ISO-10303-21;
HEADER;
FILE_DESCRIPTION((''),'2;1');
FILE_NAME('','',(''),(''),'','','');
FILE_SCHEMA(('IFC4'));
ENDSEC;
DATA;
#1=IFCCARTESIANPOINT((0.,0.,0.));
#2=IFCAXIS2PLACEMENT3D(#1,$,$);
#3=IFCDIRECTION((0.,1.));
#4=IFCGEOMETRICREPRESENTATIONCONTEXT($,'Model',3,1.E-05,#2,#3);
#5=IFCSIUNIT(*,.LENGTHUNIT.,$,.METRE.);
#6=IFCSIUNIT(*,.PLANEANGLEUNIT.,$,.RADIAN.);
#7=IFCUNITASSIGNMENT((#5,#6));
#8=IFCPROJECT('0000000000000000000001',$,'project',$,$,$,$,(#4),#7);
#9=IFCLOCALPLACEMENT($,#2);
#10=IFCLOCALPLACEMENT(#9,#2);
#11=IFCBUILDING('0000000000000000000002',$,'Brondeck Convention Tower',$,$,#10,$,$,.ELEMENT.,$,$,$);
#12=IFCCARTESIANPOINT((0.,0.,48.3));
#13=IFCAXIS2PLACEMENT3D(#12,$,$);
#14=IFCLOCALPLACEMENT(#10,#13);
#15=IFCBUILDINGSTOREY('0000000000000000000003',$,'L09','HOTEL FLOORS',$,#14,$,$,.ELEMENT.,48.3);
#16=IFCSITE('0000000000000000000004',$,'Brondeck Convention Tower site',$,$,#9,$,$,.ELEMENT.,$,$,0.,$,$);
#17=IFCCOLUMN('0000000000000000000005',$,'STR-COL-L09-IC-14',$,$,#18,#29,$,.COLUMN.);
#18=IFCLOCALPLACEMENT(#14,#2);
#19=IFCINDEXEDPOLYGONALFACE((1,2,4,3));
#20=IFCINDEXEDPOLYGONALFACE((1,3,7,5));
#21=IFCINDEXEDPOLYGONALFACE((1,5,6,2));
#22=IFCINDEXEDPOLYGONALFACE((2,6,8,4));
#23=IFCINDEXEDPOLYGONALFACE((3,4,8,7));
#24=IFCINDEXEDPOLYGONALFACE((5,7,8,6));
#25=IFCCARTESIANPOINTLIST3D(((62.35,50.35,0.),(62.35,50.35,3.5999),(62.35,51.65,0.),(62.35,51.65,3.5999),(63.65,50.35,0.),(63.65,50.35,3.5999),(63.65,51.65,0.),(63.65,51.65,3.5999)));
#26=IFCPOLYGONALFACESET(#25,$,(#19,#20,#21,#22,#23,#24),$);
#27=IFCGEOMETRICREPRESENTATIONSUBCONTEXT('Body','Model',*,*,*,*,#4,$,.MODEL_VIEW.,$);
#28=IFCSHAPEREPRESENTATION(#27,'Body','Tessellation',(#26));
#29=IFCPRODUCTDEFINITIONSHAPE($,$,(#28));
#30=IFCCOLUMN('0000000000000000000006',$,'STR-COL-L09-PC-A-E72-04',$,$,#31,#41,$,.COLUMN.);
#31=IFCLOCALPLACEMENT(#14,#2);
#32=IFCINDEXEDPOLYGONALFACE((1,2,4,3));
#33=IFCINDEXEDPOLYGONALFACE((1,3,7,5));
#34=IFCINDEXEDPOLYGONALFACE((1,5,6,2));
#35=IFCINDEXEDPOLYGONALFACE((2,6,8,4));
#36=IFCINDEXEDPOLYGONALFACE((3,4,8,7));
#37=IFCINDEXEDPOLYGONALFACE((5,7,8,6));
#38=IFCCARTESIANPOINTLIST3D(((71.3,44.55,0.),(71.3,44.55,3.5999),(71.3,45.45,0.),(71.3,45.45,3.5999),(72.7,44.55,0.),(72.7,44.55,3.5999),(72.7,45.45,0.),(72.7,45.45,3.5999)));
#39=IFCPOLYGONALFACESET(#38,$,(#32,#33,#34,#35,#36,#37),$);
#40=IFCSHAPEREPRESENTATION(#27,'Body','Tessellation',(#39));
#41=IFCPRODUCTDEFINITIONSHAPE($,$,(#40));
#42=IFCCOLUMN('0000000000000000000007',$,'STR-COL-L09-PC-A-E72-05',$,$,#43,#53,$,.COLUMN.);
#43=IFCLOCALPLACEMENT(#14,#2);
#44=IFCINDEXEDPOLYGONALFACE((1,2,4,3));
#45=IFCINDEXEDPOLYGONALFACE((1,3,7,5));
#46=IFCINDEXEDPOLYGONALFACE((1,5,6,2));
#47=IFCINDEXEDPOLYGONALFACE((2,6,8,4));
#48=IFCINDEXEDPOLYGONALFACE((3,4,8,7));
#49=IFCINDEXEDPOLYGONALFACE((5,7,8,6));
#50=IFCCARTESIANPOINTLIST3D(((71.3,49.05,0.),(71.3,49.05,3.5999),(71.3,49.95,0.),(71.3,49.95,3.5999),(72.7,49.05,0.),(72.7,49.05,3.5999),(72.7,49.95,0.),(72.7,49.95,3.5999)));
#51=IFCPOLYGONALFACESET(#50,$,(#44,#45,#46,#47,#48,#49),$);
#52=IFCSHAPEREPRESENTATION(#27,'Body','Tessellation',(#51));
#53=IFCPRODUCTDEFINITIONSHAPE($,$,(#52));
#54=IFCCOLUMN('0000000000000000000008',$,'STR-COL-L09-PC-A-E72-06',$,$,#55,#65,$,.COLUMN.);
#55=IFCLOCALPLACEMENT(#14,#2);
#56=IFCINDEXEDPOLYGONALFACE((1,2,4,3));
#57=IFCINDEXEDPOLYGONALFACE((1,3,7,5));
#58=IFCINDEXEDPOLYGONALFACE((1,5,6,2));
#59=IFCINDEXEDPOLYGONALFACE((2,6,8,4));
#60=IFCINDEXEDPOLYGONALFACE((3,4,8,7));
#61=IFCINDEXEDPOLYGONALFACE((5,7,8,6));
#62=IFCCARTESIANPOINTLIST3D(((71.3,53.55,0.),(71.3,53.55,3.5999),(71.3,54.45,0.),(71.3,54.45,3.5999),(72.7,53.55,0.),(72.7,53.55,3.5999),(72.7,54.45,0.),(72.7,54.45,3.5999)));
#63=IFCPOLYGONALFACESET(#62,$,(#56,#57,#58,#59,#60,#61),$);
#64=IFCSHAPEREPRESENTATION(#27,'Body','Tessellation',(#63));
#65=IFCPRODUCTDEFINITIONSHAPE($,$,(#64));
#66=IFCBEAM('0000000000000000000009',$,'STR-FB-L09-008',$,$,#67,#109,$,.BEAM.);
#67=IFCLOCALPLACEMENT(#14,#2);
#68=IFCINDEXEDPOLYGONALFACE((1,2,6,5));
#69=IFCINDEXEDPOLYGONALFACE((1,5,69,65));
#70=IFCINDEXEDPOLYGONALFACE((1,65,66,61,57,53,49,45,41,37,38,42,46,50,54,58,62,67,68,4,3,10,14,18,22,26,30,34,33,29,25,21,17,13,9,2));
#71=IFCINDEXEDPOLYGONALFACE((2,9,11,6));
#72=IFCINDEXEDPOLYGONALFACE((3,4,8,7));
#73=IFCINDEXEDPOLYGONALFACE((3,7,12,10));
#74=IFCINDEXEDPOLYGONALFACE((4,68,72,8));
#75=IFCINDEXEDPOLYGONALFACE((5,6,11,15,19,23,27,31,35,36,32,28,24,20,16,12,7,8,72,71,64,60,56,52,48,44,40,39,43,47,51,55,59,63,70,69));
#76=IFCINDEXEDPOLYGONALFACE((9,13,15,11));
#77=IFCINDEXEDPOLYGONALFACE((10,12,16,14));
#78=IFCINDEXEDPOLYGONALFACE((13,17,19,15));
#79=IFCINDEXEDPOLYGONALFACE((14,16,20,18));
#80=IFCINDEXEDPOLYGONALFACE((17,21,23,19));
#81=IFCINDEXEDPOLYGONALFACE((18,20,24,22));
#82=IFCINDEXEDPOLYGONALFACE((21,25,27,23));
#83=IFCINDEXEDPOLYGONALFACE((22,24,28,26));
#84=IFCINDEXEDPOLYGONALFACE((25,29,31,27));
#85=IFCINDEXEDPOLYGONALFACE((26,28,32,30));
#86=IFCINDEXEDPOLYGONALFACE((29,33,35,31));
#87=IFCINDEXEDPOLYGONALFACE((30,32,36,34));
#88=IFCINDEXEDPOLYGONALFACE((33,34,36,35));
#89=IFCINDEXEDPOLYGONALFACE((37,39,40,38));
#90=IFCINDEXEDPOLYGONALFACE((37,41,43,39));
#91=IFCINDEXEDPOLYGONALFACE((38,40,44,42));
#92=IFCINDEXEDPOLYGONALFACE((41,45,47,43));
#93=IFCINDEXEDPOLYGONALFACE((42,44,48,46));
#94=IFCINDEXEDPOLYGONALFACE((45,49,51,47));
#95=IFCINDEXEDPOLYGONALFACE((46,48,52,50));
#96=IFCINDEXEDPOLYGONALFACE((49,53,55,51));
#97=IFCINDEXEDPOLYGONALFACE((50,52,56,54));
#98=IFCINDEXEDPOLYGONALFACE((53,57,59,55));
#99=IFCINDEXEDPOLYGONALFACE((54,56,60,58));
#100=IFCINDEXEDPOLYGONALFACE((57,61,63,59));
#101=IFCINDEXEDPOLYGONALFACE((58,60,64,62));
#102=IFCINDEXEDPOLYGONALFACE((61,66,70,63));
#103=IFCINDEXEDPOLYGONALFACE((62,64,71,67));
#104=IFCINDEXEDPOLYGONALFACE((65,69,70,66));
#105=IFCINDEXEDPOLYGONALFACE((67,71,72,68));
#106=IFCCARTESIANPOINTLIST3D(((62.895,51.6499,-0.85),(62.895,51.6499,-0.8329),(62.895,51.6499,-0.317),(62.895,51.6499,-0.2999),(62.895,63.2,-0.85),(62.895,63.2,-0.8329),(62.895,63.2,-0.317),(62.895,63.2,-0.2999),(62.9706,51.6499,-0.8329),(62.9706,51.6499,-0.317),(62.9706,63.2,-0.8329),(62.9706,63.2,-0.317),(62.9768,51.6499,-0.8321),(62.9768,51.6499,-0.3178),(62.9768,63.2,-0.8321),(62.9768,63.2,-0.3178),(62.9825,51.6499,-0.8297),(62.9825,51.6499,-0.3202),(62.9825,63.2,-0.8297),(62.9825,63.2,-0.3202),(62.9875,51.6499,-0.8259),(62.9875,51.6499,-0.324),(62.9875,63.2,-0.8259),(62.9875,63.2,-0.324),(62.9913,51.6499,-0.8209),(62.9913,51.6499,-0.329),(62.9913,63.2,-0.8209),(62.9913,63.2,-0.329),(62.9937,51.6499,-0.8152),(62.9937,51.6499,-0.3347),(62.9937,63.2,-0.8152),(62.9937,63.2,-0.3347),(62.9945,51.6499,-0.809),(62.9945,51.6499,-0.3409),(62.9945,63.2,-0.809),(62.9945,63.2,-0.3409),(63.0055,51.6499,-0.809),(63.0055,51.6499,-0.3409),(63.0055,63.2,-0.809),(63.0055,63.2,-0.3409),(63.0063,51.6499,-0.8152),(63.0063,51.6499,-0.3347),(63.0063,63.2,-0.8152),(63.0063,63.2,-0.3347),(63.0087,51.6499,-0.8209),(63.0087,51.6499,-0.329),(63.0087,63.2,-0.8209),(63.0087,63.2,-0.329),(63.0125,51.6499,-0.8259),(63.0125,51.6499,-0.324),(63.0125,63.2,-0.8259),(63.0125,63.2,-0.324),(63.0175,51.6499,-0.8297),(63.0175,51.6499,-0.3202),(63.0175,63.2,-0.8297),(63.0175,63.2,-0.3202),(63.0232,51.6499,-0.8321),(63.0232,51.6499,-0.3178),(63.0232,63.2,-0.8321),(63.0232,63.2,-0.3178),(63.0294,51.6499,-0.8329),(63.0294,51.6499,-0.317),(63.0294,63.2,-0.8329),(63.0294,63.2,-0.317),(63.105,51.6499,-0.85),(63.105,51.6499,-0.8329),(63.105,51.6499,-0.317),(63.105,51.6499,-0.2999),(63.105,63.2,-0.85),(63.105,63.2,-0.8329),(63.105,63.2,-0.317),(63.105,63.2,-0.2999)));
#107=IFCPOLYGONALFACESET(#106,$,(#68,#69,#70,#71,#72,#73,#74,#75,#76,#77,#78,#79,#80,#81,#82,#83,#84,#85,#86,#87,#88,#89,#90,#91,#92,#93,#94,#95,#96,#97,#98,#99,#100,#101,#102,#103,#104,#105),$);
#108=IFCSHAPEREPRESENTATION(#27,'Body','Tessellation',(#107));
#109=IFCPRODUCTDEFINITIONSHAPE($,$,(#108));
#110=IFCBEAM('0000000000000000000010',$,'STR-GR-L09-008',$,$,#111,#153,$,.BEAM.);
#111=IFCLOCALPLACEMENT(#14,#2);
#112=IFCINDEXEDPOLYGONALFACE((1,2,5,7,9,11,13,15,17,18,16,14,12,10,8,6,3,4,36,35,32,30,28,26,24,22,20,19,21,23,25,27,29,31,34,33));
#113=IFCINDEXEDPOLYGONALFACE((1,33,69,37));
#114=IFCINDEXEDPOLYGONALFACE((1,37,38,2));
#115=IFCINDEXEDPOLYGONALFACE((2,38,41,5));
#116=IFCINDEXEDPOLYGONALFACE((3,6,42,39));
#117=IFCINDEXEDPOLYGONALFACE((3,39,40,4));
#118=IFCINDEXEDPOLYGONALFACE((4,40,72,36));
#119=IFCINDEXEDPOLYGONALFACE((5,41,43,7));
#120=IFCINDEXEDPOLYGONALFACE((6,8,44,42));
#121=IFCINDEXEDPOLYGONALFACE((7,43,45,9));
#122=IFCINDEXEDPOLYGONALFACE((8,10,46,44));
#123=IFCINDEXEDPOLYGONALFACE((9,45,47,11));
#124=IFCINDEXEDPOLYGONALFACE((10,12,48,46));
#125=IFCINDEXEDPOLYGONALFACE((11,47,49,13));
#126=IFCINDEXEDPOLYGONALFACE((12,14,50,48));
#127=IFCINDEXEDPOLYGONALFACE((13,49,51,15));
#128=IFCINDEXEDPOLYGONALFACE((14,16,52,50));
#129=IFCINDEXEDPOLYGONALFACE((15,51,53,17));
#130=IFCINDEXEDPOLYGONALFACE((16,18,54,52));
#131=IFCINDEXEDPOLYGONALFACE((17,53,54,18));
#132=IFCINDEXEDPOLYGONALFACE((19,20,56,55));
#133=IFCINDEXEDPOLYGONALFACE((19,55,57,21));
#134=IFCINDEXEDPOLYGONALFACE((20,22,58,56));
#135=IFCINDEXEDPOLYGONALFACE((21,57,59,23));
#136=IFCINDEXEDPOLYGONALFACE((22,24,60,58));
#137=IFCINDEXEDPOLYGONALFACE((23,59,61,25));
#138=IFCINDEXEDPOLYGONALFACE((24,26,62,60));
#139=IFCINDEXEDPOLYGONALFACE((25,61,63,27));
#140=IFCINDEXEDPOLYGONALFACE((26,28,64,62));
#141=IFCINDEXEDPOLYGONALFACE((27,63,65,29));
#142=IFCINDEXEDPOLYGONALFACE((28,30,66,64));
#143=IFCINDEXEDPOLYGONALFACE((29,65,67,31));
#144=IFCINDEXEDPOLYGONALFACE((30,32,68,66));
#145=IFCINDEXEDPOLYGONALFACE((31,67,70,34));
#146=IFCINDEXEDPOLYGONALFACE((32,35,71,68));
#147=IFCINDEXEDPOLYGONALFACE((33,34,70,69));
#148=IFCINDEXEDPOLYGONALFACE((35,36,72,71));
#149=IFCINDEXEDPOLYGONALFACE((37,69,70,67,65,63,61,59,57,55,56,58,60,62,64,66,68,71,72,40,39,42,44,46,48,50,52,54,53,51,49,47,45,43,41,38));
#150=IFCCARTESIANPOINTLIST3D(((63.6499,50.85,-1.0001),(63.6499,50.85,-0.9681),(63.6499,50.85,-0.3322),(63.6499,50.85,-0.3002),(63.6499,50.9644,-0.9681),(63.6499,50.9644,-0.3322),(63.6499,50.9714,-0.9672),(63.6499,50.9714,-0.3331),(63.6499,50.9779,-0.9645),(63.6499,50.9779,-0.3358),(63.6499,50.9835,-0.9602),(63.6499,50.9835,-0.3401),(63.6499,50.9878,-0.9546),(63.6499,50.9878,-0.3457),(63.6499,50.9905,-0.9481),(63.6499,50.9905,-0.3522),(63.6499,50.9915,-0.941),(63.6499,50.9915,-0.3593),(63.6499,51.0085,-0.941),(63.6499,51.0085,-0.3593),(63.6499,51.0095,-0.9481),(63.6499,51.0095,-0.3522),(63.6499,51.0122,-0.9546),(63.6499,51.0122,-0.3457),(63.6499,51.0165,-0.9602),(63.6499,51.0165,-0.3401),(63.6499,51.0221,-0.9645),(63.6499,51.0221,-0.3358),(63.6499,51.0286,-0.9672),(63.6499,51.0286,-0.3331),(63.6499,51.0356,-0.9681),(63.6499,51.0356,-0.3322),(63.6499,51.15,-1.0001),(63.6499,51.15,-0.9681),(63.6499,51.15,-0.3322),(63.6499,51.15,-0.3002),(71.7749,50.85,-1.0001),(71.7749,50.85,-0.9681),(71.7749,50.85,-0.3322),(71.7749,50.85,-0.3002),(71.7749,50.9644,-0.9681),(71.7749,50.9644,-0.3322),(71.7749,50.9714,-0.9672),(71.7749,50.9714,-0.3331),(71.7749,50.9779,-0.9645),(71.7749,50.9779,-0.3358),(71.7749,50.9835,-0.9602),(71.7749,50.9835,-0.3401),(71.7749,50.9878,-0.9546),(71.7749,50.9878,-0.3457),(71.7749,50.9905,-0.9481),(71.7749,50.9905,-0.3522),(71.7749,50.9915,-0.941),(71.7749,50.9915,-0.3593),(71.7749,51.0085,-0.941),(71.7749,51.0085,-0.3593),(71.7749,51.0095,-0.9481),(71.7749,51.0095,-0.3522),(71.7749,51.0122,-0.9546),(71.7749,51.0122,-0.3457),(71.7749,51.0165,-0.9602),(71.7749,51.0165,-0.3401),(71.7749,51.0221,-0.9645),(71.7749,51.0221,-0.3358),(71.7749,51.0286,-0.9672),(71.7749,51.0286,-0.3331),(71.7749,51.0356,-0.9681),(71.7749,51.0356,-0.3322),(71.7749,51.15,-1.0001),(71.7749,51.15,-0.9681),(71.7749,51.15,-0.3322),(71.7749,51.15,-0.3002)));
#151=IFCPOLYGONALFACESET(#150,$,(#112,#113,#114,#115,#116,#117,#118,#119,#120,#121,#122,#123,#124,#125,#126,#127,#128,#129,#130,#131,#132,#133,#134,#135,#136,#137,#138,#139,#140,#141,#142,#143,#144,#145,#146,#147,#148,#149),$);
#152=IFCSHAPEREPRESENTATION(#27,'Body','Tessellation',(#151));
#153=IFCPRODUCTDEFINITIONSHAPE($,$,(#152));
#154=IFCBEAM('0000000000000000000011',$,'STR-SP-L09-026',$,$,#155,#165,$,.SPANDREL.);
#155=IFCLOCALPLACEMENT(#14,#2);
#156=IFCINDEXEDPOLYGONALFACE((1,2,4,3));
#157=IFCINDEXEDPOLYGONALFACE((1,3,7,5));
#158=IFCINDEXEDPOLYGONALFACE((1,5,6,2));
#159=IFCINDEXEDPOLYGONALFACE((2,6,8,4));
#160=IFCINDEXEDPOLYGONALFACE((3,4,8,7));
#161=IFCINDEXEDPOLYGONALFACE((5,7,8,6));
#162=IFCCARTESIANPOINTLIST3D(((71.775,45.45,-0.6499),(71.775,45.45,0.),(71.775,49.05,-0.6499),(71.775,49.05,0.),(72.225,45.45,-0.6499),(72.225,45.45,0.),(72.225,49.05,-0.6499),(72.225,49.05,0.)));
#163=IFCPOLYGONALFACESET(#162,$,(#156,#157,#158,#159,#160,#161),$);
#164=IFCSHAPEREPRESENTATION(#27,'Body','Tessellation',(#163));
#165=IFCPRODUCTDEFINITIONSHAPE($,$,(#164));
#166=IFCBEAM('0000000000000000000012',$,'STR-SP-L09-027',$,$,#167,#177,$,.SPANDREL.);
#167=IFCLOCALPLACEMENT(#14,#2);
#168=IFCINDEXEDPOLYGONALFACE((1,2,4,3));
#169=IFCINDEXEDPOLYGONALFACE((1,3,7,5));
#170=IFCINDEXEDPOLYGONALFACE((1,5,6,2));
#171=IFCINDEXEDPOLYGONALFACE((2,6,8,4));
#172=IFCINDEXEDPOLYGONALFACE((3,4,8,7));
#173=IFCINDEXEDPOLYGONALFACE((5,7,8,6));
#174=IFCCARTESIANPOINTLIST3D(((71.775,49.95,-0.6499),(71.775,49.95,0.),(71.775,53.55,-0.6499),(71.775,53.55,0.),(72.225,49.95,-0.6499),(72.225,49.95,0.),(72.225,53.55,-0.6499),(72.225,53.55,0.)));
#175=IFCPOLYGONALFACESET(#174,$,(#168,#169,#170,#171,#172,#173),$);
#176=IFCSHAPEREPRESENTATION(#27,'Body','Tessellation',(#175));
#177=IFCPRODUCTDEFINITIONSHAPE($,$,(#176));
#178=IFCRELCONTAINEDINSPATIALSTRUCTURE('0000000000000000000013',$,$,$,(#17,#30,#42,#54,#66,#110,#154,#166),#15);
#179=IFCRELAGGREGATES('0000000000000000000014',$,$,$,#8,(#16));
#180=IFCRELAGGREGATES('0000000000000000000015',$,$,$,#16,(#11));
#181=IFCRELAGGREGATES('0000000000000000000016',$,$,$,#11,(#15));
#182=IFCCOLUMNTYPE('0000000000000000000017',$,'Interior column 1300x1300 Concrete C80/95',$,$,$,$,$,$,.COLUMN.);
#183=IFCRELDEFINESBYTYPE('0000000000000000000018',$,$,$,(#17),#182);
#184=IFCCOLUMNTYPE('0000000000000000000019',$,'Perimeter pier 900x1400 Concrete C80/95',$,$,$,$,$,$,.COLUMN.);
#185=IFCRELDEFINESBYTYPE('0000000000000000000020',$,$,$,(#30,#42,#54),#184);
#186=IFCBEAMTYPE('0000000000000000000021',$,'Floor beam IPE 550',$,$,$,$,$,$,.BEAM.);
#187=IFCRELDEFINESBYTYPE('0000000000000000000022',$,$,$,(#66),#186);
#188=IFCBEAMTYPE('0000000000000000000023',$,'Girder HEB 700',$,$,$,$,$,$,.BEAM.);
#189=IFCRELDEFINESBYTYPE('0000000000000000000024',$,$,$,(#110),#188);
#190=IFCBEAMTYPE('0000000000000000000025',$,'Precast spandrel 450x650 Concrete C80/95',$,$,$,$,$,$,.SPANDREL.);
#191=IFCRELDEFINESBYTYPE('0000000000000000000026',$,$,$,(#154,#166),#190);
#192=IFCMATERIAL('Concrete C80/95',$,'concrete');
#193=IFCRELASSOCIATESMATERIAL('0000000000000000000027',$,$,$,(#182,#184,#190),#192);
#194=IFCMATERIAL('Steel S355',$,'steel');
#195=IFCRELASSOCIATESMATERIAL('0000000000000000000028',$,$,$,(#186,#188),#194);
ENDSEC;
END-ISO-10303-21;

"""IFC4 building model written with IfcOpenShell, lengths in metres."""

from ifc_helpers import new_model, si_unit, direction, frame, origin, origin_2d, place, context, subcontext, project, spatial, rectangle, i_section, extrude, material, material_profile, profile_set, type_object, element, save


model = new_model("IFC4")

# Units and contexts
model_context = context("Model", 3, precision=1e-05, world=origin(), true_north=direction((0.0, 1.0)))
body_context = subcontext(model_context, "Body", "Model", "MODEL_VIEW")
ifc_project = project(units=[si_unit("LENGTHUNIT", "METRE"), si_unit("PLANEANGLEUNIT", "RADIAN")], contexts=[model_context])

# Site, building, storey
site_placement = place(None, origin())
site = spatial("IfcSite", under=ifc_project, at=site_placement, Name="Brondeck Convention Tower site", CompositionType="ELEMENT", RefElevation=0.0)
building_placement = place(site_placement, origin())
building = spatial("IfcBuilding", under=site, at=building_placement, Name="Brondeck Convention Tower", CompositionType="ELEMENT")
storey_placement = place(building_placement, frame((0.0, 0.0, 48.3)))
storey = spatial("IfcBuildingStorey", under=building, at=storey_placement, Name="L09", Description="HOTEL FLOORS", CompositionType="ELEMENT", Elevation=48.3)

# Columns
ifc_material_1 = material(Name="Concrete C80/95", Category="concrete")
ifc_material_profile_1 = material_profile(ifc_material_1, rectangle(XDim=1.3, YDim=1.3, at=origin_2d()), Name="Interior column 1300x1300 Concrete C80/95")
ifc_profile_set_1 = profile_set([ifc_material_profile_1], Name="Concrete C80/95")
column_type_1 = type_object("IfcColumnType", Name="Interior column 1300x1300 Concrete C80/95", PredefinedType="COLUMN", material=ifc_profile_set_1)
column_placement = place(storey_placement, frame((63.0, 51.0, 0.0), z_axis=(0.0, 0.0, 1.0), x_axis=(1.0, 0.0, 0.0)))
element("IfcColumn", 1, at=column_placement, inside=storey, type_object=column_type_1, Name="STR-COL-L09-IC-14", PredefinedType="COLUMN", context=body_context, shape_type="SweptSolid", body=[
    extrude(rectangle(XDim=1.3, YDim=1.3, at=origin_2d()), origin(), (0.0, 0.0, 1.0), 3.5999),
])
ifc_material_profile_2 = material_profile(ifc_material_1, rectangle(XDim=0.8999, YDim=1.3999, at=origin_2d()), Name="Perimeter pier 900x1400 Concrete C80/95")
ifc_profile_set_2 = profile_set([ifc_material_profile_2], Name="Concrete C80/95")
column_type_2 = type_object("IfcColumnType", Name="Perimeter pier 900x1400 Concrete C80/95", PredefinedType="COLUMN", material=ifc_profile_set_2)
for number, where, z_axis, x_axis, name in (
    (2, (72.0, 45.0, 0.0), (0.0, 0.0, 1.0), (0.0, 1.0, 0.0), "STR-COL-L09-PC-A-E72-04"),
    (3, (72.0, 49.5, 0.0), (0.0, 0.0, 1.0), (0.0, 1.0, 0.0), "STR-COL-L09-PC-A-E72-05"),
    (4, (72.0, 54.0, 0.0), (0.0, 0.0, 1.0), (0.0, 1.0, 0.0), "STR-COL-L09-PC-A-E72-06"),
):
    element("IfcColumn", number, at=place(storey_placement, frame(where, z_axis=z_axis, x_axis=x_axis)), inside=storey, type_object=column_type_2, Name=name, PredefinedType="COLUMN", context=body_context, shape_type="SweptSolid", body=[
        extrude(rectangle(XDim=0.8999, YDim=1.3999, at=origin_2d()), origin(), (0.0, 0.0, 1.0), 3.5999),
    ])

# Beams
ifc_material_2 = material(Name="Steel S355", Category="steel")
ifc_material_profile_3 = material_profile(ifc_material_2, i_section(OverallWidth=0.21, OverallDepth=0.55, WebThickness=0.011, FlangeThickness=0.0171, FilletRadius=0.0239, at=origin_2d()), Name="IPE 550")
ifc_profile_set_3 = profile_set([ifc_material_profile_3], Name="Steel S355")
beam_type_1 = type_object("IfcBeamType", Name="Floor beam IPE 550", PredefinedType="BEAM", material=ifc_profile_set_3)
beam_1_placement = place(storey_placement, frame((63.0, 51.6499, -0.575), z_axis=(0.0, 1.0, 0.0), x_axis=(-1.0, 0.0, 0.0)))
element("IfcBeam", 5, at=beam_1_placement, inside=storey, type_object=beam_type_1, Name="STR-FB-L09-008", PredefinedType="BEAM", context=body_context, shape_type="SweptSolid", body=[
    extrude(i_section(OverallWidth=0.21, OverallDepth=0.55, WebThickness=0.011, FlangeThickness=0.0171, FilletRadius=0.0239, at=origin_2d()), origin(), (0.0, 0.0, 1.0), 11.55),
])
ifc_material_profile_4 = material_profile(ifc_material_2, i_section(OverallWidth=0.3, OverallDepth=0.7, WebThickness=0.0171, FlangeThickness=0.032, FilletRadius=0.0271, at=origin_2d()), Name="HEB 700")
ifc_profile_set_4 = profile_set([ifc_material_profile_4], Name="Steel S355")
beam_type_2 = type_object("IfcBeamType", Name="Girder HEB 700", PredefinedType="BEAM", material=ifc_profile_set_4)
beam_2_placement = place(storey_placement, frame((63.6499, 51.0, -0.6501), z_axis=(1.0, 0.0, 0.0), x_axis=(0.0, 1.0, 0.0)))
element("IfcBeam", 6, at=beam_2_placement, inside=storey, type_object=beam_type_2, Name="STR-GR-L09-008", PredefinedType="BEAM", context=body_context, shape_type="SweptSolid", body=[
    extrude(i_section(OverallWidth=0.3, OverallDepth=0.7, WebThickness=0.0171, FlangeThickness=0.032, FilletRadius=0.0271, at=origin_2d()), origin(), (0.0, 0.0, 1.0), 8.125),
])
ifc_material_profile_5 = material_profile(ifc_material_1, rectangle(XDim=0.45, YDim=0.6499, at=origin_2d()), Name="Precast spandrel 450x650 Concrete C80/95")
ifc_profile_set_5 = profile_set([ifc_material_profile_5], Name="Concrete C80/95")
beam_type_3 = type_object("IfcBeamType", Name="Precast spandrel 450x650 Concrete C80/95", PredefinedType="SPANDREL", material=ifc_profile_set_5)
for number, where, z_axis, x_axis, name in (
    (7, (72.0, 45.45, -0.325), (0.0, 1.0, 0.0), (-1.0, 0.0, 0.0), "STR-SP-L09-026"),
    (8, (72.0, 49.95, -0.325), (0.0, 1.0, 0.0), (-1.0, 0.0, 0.0), "STR-SP-L09-027"),
):
    element("IfcBeam", number, at=place(storey_placement, frame(where, z_axis=z_axis, x_axis=x_axis)), inside=storey, type_object=beam_type_3, Name=name, PredefinedType="SPANDREL", context=body_context, shape_type="SweptSolid", body=[
        extrude(rectangle(XDim=0.45, YDim=0.6499, at=origin_2d()), origin(), (0.0, 0.0, 1.0), 3.6001),
    ])

save(model, "model.ifc")
